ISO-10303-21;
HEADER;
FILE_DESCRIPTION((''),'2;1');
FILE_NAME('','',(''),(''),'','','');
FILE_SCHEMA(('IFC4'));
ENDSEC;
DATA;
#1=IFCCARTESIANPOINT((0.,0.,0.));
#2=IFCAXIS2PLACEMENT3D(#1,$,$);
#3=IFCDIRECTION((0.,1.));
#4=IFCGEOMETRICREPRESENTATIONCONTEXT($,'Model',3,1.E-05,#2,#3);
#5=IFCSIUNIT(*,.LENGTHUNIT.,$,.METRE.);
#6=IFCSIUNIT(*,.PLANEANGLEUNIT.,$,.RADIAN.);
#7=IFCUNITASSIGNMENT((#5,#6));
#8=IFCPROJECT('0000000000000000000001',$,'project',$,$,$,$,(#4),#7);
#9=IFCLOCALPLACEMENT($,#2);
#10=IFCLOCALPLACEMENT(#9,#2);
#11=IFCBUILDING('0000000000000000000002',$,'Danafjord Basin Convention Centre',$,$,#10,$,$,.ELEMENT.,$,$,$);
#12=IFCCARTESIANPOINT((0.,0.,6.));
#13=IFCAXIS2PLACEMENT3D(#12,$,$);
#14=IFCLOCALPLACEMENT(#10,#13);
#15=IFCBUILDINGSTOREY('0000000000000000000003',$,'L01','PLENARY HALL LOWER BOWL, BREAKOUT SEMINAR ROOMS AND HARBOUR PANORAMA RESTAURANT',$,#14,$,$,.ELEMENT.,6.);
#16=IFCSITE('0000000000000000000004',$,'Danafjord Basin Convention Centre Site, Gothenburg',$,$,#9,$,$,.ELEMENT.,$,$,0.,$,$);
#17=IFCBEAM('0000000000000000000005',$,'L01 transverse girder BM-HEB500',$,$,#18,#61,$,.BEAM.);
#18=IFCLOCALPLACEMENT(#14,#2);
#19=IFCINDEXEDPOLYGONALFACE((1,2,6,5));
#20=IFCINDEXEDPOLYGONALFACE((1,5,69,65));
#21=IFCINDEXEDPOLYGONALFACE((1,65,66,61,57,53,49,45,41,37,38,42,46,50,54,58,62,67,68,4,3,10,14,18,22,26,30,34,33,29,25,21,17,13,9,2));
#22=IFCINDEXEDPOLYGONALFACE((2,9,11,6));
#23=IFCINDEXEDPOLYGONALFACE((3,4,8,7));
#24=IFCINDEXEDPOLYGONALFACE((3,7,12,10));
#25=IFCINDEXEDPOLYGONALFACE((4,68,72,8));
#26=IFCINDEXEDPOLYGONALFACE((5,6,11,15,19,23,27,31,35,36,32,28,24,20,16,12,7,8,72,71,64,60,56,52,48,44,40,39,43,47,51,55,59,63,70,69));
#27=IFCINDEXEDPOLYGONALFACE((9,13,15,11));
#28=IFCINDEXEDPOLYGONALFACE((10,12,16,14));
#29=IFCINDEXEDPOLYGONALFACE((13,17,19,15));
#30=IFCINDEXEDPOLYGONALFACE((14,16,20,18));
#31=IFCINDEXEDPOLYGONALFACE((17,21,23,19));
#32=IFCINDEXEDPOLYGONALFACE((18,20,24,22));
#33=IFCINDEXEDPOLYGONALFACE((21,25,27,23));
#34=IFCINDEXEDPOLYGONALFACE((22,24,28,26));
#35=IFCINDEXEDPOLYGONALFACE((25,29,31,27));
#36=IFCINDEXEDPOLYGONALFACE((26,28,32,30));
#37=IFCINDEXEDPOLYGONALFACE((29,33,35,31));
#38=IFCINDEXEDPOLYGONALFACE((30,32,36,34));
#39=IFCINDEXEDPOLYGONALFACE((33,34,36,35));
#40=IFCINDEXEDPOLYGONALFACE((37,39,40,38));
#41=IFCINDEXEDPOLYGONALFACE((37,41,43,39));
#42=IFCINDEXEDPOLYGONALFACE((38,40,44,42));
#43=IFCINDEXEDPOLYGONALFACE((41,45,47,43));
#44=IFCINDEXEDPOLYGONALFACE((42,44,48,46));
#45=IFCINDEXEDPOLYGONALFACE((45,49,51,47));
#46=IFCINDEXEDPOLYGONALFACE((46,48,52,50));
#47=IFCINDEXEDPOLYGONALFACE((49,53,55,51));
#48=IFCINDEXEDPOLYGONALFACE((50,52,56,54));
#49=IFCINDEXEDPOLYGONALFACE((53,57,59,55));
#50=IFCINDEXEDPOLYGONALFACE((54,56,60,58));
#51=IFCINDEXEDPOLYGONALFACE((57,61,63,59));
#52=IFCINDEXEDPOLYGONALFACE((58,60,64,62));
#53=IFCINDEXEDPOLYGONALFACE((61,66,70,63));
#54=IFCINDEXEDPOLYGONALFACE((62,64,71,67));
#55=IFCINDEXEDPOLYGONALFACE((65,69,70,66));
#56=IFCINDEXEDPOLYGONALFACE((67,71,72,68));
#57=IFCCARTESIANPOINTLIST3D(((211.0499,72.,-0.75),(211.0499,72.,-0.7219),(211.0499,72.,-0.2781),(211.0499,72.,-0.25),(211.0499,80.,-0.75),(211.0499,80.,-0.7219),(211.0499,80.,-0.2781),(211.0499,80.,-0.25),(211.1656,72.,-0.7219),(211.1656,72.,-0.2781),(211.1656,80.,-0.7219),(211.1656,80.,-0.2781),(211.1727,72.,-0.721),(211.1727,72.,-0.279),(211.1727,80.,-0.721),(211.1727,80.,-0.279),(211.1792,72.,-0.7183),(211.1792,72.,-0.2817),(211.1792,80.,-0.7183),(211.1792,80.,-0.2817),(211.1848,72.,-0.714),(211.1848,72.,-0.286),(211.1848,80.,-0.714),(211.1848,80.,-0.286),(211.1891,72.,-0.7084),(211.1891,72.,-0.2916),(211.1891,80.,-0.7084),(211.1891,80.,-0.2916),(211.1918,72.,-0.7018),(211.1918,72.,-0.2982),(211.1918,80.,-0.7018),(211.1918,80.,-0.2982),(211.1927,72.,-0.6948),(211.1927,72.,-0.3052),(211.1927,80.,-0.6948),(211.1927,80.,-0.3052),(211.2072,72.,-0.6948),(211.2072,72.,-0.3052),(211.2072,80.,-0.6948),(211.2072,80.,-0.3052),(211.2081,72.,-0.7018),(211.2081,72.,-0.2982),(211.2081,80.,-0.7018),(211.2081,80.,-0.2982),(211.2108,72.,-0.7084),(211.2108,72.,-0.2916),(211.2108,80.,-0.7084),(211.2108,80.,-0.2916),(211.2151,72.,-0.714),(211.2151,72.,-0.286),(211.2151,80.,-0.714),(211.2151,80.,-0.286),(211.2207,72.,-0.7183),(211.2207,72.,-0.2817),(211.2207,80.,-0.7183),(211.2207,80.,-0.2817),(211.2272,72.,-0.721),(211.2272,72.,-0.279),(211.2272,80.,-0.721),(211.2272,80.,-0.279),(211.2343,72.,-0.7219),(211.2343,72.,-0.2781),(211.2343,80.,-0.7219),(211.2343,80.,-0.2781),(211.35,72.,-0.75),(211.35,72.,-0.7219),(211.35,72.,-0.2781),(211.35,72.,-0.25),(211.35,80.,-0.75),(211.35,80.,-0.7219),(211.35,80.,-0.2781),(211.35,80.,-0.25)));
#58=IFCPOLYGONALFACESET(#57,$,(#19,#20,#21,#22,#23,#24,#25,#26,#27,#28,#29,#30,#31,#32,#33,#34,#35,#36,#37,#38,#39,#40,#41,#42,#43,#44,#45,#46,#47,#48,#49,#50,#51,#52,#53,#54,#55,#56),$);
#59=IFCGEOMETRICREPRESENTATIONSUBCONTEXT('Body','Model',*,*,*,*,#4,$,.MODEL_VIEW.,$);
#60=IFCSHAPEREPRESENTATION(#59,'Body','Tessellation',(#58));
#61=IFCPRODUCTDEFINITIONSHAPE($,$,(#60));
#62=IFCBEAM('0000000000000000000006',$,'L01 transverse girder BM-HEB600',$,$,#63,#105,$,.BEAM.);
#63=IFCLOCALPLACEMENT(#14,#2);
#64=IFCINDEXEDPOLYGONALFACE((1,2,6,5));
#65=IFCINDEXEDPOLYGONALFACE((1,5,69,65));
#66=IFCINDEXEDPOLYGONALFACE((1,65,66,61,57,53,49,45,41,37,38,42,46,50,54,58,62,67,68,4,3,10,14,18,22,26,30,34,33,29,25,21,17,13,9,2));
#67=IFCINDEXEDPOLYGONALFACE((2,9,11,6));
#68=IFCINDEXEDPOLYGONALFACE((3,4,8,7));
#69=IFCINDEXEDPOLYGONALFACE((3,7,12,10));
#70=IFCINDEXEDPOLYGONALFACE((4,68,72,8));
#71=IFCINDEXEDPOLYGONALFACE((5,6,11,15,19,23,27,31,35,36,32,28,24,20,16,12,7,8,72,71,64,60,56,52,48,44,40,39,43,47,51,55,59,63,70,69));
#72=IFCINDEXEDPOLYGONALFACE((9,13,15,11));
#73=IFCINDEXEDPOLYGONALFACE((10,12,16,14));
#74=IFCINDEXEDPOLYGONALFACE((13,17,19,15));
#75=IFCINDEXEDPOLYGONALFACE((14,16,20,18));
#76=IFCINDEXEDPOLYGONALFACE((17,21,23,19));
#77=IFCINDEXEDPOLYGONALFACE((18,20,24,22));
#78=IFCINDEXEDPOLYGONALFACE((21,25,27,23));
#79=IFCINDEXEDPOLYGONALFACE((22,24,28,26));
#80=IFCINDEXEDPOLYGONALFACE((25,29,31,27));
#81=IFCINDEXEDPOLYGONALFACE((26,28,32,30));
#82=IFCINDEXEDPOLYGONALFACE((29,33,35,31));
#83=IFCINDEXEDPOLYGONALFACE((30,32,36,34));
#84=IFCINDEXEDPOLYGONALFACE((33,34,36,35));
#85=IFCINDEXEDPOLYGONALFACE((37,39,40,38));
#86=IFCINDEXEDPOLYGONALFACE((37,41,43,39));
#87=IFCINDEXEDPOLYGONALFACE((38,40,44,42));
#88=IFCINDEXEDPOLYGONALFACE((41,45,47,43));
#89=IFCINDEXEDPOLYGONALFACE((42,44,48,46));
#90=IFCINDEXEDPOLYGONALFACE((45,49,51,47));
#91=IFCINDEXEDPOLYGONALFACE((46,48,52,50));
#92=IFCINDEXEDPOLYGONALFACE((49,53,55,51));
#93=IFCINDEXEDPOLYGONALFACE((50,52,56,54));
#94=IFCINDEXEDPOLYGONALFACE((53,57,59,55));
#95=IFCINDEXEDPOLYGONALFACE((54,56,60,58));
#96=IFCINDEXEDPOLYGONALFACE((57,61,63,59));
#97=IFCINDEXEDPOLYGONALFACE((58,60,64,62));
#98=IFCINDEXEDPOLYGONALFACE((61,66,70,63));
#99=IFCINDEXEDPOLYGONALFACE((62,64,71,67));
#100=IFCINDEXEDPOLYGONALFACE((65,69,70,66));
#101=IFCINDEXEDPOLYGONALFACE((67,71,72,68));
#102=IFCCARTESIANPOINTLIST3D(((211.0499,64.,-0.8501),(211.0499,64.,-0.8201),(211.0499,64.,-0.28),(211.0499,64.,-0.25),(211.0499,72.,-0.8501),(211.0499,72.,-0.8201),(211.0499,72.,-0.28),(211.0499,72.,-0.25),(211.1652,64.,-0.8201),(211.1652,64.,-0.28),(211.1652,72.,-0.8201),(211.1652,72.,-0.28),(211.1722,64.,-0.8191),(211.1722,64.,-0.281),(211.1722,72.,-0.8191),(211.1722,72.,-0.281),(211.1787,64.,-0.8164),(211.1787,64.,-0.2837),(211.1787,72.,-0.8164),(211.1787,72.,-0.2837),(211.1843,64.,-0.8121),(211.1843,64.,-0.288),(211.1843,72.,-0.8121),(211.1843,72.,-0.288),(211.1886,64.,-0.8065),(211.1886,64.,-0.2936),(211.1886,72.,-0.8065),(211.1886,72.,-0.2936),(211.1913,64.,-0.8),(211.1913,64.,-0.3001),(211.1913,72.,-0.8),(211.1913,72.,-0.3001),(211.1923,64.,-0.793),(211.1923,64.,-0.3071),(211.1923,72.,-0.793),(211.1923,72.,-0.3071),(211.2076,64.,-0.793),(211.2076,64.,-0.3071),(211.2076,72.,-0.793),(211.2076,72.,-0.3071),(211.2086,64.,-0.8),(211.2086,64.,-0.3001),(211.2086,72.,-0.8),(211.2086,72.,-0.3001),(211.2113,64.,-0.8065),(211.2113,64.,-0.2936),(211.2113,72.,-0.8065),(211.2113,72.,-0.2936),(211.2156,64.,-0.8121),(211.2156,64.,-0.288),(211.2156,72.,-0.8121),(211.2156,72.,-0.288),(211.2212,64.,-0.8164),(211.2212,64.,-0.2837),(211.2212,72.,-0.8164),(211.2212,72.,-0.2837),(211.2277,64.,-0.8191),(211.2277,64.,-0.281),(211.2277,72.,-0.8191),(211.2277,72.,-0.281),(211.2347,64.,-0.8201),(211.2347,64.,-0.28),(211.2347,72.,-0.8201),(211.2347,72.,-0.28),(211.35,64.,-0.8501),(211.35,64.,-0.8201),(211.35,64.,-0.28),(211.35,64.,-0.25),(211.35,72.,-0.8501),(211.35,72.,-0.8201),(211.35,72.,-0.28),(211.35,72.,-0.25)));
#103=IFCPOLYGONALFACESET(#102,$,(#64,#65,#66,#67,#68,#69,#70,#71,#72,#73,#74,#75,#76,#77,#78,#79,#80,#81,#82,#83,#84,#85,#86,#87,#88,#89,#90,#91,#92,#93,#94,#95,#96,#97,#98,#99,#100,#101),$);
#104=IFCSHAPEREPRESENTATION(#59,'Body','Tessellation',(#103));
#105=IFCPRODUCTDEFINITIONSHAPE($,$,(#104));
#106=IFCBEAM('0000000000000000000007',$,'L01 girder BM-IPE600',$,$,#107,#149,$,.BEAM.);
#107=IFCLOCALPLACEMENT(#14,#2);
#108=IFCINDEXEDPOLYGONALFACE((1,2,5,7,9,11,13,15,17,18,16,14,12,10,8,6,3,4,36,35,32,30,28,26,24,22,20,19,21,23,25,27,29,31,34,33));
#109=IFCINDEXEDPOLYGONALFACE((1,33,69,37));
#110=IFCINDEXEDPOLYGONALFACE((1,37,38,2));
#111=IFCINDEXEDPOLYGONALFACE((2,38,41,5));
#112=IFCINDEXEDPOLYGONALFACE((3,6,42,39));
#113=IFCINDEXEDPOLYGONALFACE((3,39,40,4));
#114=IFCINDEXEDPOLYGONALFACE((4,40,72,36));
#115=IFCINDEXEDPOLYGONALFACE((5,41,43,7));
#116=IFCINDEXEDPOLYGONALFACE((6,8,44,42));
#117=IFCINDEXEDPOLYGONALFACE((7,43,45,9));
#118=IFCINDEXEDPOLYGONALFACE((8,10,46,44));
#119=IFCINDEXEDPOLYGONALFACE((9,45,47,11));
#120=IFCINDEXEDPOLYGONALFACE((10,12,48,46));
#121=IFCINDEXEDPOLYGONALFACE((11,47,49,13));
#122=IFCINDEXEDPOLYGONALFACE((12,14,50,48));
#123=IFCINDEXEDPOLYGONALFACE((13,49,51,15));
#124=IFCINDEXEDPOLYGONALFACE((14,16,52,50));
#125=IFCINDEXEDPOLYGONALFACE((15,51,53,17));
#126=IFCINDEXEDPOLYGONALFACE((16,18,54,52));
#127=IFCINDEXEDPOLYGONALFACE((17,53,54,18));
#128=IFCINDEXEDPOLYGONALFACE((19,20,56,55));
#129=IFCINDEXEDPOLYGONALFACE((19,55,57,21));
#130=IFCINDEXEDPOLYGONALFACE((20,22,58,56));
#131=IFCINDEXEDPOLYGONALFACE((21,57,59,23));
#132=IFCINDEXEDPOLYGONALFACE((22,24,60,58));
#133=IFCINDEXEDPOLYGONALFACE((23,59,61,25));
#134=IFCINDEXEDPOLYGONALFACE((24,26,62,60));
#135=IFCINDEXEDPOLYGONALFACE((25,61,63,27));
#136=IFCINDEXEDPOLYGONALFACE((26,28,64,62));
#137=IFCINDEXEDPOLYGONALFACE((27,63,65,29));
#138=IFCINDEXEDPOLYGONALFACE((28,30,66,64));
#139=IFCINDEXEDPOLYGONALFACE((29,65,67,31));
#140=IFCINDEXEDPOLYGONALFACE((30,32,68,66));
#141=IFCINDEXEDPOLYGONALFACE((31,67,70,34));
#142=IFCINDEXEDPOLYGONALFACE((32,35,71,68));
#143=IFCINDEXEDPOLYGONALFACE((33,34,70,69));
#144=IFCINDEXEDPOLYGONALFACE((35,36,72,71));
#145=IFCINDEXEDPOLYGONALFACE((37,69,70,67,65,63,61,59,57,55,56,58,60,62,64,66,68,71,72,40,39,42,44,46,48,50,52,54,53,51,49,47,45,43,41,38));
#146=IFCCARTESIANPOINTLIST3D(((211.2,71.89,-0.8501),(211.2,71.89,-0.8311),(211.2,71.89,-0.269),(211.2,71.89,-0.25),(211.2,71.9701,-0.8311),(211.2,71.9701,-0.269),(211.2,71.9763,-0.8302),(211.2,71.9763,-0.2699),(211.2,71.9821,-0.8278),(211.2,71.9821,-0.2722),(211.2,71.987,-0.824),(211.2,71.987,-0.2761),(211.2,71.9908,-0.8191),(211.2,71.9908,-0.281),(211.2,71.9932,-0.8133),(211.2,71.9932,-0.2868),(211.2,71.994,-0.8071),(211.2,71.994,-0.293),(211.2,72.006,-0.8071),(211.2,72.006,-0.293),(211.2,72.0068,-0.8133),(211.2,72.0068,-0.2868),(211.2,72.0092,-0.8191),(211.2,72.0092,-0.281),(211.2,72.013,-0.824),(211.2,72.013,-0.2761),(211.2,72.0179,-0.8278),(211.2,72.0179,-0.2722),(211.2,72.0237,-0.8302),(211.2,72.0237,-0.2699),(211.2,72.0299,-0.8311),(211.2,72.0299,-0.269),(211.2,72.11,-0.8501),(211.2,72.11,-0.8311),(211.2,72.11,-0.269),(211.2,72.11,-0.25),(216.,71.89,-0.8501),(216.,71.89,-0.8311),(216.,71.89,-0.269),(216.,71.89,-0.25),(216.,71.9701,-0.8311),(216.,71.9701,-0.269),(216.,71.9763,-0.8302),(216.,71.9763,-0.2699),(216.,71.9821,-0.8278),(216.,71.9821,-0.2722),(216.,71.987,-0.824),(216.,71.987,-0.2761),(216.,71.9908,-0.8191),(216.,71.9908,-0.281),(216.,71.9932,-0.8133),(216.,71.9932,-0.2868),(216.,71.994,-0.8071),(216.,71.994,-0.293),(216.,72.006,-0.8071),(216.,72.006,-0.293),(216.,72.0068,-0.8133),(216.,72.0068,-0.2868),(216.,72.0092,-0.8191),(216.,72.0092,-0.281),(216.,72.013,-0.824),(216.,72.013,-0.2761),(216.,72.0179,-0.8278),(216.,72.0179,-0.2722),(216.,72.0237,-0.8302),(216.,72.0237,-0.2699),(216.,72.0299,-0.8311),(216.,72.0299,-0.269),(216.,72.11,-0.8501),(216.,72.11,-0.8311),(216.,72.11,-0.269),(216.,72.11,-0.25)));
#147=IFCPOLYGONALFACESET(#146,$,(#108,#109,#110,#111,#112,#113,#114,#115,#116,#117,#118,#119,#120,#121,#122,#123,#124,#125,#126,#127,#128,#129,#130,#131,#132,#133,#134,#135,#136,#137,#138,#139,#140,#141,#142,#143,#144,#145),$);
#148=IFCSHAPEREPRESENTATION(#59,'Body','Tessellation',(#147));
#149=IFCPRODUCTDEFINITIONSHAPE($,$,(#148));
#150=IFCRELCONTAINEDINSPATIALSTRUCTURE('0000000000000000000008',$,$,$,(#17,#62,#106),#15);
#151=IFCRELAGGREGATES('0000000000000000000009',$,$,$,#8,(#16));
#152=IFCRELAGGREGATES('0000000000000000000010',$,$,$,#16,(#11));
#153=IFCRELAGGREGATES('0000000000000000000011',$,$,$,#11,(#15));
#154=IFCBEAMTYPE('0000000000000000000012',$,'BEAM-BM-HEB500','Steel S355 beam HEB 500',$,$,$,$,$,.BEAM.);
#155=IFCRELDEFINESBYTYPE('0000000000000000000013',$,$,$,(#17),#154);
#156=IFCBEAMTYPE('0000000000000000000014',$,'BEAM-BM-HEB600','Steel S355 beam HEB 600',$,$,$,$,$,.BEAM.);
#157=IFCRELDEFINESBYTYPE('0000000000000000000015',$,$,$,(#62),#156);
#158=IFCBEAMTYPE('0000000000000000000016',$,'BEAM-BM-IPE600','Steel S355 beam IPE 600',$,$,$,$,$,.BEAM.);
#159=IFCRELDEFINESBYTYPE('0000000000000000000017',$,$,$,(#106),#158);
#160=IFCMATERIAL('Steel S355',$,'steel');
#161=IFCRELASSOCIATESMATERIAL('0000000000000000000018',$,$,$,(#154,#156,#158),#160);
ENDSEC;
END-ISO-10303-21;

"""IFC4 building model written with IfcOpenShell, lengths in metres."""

from ifc_helpers import new_model, si_unit, direction, frame, origin, origin_2d, place, context, subcontext, project, spatial, i_section, extrude, material, material_profile, profile_set, type_object, element, save


model = new_model("IFC4")

# Units and contexts
model_context = context("Model", 3, precision=1e-05, world=origin(), true_north=direction((0.0, 1.0)))
body_context = subcontext(model_context, "Body", "Model", "MODEL_VIEW")
ifc_project = project(units=[si_unit("LENGTHUNIT", "METRE"), si_unit("PLANEANGLEUNIT", "RADIAN")], contexts=[model_context])

# Site, building, storey
site_placement = place(None, origin())
site = spatial("IfcSite", under=ifc_project, at=site_placement, Name="Danafjord Basin Convention Centre Site, Gothenburg", CompositionType="ELEMENT", RefElevation=0.0)
building_placement = place(site_placement, origin())
building = spatial("IfcBuilding", under=site, at=building_placement, Name="Danafjord Basin Convention Centre", CompositionType="ELEMENT")
storey_placement = place(building_placement, frame((0.0, 0.0, 6.0)))
storey = spatial("IfcBuildingStorey", under=building, at=storey_placement, Name="L01", Description="PLENARY HALL LOWER BOWL, BREAKOUT SEMINAR ROOMS AND HARBOUR PANORAMA RESTAURANT", CompositionType="ELEMENT", Elevation=6.0)

# Shared definitions
ifc_material_1 = material(Name="Steel S355", Category="steel")

# Beams
ifc_material_profile_1 = material_profile(ifc_material_1, i_section(OverallWidth=0.3, OverallDepth=0.5, WebThickness=0.0144, FlangeThickness=0.0281, FilletRadius=0.0271, at=origin_2d()), Name="HEB 500")
ifc_profile_set_1 = profile_set([ifc_material_profile_1], Name="Steel S355")
beam_type_1 = type_object("IfcBeamType", Name="BEAM-BM-HEB500", Description="Steel S355 beam HEB 500", PredefinedType="BEAM", material=ifc_profile_set_1)
beam_1_placement = place(storey_placement, frame((211.2, 72.0, -0.5), z_axis=(0.0, 1.0, 0.0), x_axis=(-1.0, 0.0, 0.0)))
element("IfcBeam", 1, at=beam_1_placement, inside=storey, type_object=beam_type_1, Name="L01 transverse girder BM-HEB500", PredefinedType="BEAM", context=body_context, shape_type="SweptSolid", body=[
    extrude(i_section(OverallWidth=0.3, OverallDepth=0.5, WebThickness=0.0144, FlangeThickness=0.0281, FilletRadius=0.0271, at=origin_2d()), origin(), (0.0, 0.0, 1.0), 8.0),
])
ifc_material_profile_2 = material_profile(ifc_material_1, i_section(OverallWidth=0.3, OverallDepth=0.6001, WebThickness=0.0154, FlangeThickness=0.03, FilletRadius=0.0271, at=origin_2d()), Name="HEB 600")
ifc_profile_set_2 = profile_set([ifc_material_profile_2], Name="Steel S355")
beam_type_2 = type_object("IfcBeamType", Name="BEAM-BM-HEB600", Description="Steel S355 beam HEB 600", PredefinedType="BEAM", material=ifc_profile_set_2)
beam_2_placement = place(storey_placement, frame((211.2, 64.0, -0.55), z_axis=(0.0, 1.0, 0.0), x_axis=(-1.0, 0.0, 0.0)))
element("IfcBeam", 2, at=beam_2_placement, inside=storey, type_object=beam_type_2, Name="L01 transverse girder BM-HEB600", PredefinedType="BEAM", context=body_context, shape_type="SweptSolid", body=[
    extrude(i_section(OverallWidth=0.3, OverallDepth=0.6001, WebThickness=0.0154, FlangeThickness=0.03, FilletRadius=0.0271, at=origin_2d()), origin(), (0.0, 0.0, 1.0), 8.0),
])
ifc_material_profile_3 = material_profile(ifc_material_1, i_section(OverallWidth=0.22, OverallDepth=0.6001, WebThickness=0.012, FlangeThickness=0.019, FilletRadius=0.0239, at=origin_2d()), Name="IPE 600")
ifc_profile_set_3 = profile_set([ifc_material_profile_3], Name="Steel S355")
beam_type_3 = type_object("IfcBeamType", Name="BEAM-BM-IPE600", Description="Steel S355 beam IPE 600", PredefinedType="BEAM", material=ifc_profile_set_3)
beam_3_placement = place(storey_placement, frame((211.2, 72.0, -0.55), z_axis=(1.0, 0.0, 0.0), x_axis=(0.0, 1.0, 0.0)))
element("IfcBeam", 3, at=beam_3_placement, inside=storey, type_object=beam_type_3, Name="L01 girder BM-IPE600", PredefinedType="BEAM", context=body_context, shape_type="SweptSolid", body=[
    extrude(i_section(OverallWidth=0.22, OverallDepth=0.6001, WebThickness=0.012, FlangeThickness=0.019, FilletRadius=0.0239, at=origin_2d()), origin(), (0.0, 0.0, 1.0), 4.8),
])

save(model, "model.ifc")
